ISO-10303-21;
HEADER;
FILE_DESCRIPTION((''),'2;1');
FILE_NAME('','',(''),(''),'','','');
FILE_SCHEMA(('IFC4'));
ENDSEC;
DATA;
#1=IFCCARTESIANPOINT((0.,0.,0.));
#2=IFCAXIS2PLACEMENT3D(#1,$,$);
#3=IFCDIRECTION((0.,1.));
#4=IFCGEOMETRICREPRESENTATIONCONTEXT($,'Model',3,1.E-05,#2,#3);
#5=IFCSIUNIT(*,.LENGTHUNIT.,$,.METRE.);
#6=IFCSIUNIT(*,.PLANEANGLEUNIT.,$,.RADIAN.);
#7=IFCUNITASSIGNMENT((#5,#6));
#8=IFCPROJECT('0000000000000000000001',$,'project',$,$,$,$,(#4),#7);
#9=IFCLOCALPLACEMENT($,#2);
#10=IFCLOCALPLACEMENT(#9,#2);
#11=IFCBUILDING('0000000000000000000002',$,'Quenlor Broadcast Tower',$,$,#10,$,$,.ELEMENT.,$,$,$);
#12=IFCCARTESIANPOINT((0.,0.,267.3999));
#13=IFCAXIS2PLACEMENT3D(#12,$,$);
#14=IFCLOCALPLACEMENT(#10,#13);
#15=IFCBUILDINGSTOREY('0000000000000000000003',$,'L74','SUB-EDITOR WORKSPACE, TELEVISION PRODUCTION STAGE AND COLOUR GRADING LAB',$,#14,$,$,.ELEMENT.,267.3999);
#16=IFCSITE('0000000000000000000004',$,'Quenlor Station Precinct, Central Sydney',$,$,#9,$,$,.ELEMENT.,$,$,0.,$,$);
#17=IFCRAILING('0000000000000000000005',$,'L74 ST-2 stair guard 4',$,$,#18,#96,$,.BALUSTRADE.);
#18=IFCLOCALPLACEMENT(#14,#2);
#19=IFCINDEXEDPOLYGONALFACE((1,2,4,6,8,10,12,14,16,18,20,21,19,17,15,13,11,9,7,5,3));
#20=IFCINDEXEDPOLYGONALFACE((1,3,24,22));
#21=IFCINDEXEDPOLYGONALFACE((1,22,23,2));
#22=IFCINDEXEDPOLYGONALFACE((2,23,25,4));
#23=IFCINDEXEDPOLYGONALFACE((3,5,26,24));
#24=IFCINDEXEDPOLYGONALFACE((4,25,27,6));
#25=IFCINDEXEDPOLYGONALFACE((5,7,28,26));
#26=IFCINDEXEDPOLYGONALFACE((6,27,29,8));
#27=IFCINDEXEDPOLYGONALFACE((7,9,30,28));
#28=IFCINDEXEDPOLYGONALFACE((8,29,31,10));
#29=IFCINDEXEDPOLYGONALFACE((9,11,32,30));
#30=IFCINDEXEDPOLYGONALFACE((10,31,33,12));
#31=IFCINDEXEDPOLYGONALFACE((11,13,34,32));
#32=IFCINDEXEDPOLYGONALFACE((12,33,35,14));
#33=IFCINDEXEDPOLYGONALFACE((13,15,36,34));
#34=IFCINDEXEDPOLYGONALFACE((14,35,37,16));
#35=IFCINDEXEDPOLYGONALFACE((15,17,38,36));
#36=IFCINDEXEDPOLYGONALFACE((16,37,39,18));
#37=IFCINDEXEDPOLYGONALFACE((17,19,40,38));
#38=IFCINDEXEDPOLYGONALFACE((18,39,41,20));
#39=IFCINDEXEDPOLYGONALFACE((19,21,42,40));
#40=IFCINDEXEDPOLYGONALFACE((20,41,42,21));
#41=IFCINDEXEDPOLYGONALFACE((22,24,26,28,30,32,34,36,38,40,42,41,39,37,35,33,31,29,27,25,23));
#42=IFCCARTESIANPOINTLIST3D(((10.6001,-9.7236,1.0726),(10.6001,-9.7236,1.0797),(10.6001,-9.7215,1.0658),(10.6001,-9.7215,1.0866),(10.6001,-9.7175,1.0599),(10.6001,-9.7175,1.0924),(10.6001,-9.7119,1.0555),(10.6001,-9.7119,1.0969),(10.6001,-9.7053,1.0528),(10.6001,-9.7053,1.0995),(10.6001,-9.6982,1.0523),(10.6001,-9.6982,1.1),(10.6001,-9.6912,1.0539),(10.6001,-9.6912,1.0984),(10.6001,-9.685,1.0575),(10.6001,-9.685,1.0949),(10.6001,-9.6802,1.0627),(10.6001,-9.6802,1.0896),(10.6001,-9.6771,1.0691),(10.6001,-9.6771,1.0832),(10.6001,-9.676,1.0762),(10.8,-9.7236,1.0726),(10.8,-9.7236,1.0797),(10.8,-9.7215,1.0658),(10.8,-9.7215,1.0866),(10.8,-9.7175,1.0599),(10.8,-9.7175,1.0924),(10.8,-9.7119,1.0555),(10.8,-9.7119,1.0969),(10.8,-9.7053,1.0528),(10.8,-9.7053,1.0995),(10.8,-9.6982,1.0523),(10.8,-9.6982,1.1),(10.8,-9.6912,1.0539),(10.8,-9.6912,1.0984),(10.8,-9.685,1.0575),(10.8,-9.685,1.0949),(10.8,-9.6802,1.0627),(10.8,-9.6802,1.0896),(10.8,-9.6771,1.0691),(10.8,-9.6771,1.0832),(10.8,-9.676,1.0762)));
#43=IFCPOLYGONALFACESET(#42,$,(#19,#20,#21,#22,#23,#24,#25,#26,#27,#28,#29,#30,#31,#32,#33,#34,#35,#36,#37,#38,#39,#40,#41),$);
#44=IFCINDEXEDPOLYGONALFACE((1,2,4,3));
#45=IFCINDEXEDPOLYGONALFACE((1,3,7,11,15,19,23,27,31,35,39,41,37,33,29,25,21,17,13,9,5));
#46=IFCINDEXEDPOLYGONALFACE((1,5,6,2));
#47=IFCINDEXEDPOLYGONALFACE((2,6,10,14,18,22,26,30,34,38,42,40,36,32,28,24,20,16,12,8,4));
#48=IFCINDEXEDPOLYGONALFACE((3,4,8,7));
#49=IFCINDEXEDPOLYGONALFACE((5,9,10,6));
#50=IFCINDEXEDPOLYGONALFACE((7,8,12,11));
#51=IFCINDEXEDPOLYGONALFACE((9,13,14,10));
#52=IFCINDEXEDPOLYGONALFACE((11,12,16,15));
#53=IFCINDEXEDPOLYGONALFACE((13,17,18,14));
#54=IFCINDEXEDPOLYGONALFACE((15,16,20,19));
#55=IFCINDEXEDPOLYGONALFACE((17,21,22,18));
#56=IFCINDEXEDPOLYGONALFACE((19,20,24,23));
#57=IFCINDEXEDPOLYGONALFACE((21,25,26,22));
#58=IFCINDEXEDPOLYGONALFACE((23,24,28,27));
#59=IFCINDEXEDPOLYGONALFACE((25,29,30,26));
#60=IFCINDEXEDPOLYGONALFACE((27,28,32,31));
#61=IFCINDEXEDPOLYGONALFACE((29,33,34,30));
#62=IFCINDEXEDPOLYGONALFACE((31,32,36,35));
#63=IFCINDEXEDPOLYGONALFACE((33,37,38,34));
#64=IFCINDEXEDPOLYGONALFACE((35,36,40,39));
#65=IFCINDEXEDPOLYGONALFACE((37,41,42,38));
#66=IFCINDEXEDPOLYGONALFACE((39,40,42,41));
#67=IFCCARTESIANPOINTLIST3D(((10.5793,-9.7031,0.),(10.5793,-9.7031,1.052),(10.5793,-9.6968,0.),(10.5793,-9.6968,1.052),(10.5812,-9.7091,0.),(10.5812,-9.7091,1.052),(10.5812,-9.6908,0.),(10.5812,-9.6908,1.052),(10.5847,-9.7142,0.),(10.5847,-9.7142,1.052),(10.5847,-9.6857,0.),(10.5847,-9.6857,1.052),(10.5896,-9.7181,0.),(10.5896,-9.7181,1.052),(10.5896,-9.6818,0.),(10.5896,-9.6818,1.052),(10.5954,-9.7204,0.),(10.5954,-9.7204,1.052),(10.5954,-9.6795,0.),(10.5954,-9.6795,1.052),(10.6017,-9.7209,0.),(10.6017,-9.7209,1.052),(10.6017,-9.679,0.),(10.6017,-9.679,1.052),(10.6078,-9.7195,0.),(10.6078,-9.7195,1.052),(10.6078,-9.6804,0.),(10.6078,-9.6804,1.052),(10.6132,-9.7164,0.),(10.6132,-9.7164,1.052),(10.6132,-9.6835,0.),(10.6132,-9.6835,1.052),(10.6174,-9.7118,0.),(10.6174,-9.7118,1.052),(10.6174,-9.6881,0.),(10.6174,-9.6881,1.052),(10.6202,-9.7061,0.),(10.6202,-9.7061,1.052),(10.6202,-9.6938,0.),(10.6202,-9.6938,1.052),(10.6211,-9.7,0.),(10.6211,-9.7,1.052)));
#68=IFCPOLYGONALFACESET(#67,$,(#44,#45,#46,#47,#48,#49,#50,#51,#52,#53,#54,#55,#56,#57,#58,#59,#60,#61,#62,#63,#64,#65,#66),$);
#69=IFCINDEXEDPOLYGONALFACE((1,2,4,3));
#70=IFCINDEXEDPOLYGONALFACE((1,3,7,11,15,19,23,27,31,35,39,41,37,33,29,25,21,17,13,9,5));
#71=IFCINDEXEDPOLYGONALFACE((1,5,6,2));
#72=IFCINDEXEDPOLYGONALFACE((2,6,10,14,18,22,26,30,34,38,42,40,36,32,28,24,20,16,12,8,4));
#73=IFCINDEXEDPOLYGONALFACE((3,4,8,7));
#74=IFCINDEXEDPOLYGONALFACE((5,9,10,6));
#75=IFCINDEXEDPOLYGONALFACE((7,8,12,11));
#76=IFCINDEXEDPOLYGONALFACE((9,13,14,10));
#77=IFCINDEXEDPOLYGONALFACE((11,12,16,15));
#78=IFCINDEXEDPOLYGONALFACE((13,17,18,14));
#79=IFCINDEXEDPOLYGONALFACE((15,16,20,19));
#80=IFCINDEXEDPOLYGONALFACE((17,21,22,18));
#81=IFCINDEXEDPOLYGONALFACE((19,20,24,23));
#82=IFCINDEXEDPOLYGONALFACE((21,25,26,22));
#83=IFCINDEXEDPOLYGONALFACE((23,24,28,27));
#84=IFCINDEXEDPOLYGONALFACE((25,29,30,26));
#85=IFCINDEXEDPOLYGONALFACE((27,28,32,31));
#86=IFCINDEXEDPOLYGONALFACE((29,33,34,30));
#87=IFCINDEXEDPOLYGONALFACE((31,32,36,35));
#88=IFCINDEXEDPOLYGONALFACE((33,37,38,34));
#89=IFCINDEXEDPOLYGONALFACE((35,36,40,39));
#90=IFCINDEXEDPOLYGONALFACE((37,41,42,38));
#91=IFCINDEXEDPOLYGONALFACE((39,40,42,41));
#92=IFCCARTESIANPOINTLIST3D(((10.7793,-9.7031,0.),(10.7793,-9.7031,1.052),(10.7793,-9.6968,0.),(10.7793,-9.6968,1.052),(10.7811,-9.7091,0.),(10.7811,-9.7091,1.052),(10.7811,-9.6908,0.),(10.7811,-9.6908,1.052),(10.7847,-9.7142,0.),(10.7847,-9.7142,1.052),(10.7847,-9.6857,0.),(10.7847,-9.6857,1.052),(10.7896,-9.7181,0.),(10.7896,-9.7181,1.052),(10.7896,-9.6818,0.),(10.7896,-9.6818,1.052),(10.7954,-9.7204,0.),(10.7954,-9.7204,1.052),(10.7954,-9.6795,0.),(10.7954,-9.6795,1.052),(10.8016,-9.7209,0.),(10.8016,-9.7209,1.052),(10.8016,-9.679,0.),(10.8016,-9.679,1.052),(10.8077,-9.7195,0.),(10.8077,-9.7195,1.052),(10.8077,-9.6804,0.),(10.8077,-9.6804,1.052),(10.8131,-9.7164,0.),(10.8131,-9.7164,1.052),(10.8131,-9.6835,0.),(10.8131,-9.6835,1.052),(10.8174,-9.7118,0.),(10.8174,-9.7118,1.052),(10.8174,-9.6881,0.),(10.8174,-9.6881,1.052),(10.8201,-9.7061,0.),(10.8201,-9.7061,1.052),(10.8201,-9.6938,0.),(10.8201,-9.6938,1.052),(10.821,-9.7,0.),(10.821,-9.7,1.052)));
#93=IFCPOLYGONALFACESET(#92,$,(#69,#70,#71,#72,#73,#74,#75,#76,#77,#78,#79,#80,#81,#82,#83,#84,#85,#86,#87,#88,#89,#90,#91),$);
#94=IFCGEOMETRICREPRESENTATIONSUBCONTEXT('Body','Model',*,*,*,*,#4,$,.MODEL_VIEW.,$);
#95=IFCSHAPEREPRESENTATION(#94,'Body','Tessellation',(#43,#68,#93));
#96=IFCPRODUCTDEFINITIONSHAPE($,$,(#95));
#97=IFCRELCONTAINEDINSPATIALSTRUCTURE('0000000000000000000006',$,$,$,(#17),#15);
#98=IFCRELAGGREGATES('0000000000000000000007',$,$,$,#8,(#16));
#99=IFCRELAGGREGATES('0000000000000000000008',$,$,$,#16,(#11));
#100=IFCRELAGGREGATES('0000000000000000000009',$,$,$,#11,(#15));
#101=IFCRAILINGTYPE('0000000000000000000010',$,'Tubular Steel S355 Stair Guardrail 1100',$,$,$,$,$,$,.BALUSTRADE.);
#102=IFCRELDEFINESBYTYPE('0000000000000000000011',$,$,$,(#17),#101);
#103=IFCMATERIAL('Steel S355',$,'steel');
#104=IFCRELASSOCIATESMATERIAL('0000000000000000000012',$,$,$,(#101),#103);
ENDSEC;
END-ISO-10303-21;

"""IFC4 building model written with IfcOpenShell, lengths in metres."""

from ifc_helpers import new_model, si_unit, direction, frame, origin, origin_2d, place, context, subcontext, project, spatial, circle, extrude, material, type_object, element, save


model = new_model("IFC4")

# Units and contexts
model_context = context("Model", 3, precision=1e-05, world=origin(), true_north=direction((0.0, 1.0)))
body_context = subcontext(model_context, "Body", "Model", "MODEL_VIEW")
ifc_project = project(units=[si_unit("LENGTHUNIT", "METRE"), si_unit("PLANEANGLEUNIT", "RADIAN")], contexts=[model_context])

# Site, building, storey
site_placement = place(None, origin())
site = spatial("IfcSite", under=ifc_project, at=site_placement, Name="Quenlor Station Precinct, Central Sydney", CompositionType="ELEMENT", RefElevation=0.0)
building_placement = place(site_placement, origin())
building = spatial("IfcBuilding", under=site, at=building_placement, Name="Quenlor Broadcast Tower", CompositionType="ELEMENT")
storey_placement = place(building_placement, frame((0.0, 0.0, 267.3999)))
storey = spatial("IfcBuildingStorey", under=building, at=storey_placement, Name="L74", Description="SUB-EDITOR WORKSPACE, TELEVISION PRODUCTION STAGE AND COLOUR GRADING LAB", CompositionType="ELEMENT", Elevation=267.3999)

# Railing
ifc_material_1 = material(Name="Steel S355", Category="steel")
railing_type_1 = type_object("IfcRailingType", Name="Tubular Steel S355 Stair Guardrail 1100", PredefinedType="BALUSTRADE", material=ifc_material_1)
railing_1_placement = place(storey_placement, frame((10.6001, -9.7, 0.0)))
element("IfcRailing", 1, at=railing_1_placement, inside=storey, type_object=railing_type_1, Name="L74 ST-2 stair guard 4", PredefinedType="BALUSTRADE", context=body_context, shape_type="SweptSolid", body=[
    extrude(circle(Radius=0.0239, at=origin_2d()), frame((0.0, 0.0, 1.0762), z_axis=(1.0, 0.0, 0.0), x_axis=(0.0, 1.0, 0.0)), (0.0, 0.0, 1.0), 0.2),
    extrude(circle(Radius=0.021, at=origin_2d()), origin(), (0.0, 0.0, 1.0), 1.052),
    extrude(circle(Radius=0.021, at=origin_2d()), frame((0.2, 0.0, 0.0)), (0.0, 0.0, 1.0), 1.052),
])

save(model, "model.ifc")
